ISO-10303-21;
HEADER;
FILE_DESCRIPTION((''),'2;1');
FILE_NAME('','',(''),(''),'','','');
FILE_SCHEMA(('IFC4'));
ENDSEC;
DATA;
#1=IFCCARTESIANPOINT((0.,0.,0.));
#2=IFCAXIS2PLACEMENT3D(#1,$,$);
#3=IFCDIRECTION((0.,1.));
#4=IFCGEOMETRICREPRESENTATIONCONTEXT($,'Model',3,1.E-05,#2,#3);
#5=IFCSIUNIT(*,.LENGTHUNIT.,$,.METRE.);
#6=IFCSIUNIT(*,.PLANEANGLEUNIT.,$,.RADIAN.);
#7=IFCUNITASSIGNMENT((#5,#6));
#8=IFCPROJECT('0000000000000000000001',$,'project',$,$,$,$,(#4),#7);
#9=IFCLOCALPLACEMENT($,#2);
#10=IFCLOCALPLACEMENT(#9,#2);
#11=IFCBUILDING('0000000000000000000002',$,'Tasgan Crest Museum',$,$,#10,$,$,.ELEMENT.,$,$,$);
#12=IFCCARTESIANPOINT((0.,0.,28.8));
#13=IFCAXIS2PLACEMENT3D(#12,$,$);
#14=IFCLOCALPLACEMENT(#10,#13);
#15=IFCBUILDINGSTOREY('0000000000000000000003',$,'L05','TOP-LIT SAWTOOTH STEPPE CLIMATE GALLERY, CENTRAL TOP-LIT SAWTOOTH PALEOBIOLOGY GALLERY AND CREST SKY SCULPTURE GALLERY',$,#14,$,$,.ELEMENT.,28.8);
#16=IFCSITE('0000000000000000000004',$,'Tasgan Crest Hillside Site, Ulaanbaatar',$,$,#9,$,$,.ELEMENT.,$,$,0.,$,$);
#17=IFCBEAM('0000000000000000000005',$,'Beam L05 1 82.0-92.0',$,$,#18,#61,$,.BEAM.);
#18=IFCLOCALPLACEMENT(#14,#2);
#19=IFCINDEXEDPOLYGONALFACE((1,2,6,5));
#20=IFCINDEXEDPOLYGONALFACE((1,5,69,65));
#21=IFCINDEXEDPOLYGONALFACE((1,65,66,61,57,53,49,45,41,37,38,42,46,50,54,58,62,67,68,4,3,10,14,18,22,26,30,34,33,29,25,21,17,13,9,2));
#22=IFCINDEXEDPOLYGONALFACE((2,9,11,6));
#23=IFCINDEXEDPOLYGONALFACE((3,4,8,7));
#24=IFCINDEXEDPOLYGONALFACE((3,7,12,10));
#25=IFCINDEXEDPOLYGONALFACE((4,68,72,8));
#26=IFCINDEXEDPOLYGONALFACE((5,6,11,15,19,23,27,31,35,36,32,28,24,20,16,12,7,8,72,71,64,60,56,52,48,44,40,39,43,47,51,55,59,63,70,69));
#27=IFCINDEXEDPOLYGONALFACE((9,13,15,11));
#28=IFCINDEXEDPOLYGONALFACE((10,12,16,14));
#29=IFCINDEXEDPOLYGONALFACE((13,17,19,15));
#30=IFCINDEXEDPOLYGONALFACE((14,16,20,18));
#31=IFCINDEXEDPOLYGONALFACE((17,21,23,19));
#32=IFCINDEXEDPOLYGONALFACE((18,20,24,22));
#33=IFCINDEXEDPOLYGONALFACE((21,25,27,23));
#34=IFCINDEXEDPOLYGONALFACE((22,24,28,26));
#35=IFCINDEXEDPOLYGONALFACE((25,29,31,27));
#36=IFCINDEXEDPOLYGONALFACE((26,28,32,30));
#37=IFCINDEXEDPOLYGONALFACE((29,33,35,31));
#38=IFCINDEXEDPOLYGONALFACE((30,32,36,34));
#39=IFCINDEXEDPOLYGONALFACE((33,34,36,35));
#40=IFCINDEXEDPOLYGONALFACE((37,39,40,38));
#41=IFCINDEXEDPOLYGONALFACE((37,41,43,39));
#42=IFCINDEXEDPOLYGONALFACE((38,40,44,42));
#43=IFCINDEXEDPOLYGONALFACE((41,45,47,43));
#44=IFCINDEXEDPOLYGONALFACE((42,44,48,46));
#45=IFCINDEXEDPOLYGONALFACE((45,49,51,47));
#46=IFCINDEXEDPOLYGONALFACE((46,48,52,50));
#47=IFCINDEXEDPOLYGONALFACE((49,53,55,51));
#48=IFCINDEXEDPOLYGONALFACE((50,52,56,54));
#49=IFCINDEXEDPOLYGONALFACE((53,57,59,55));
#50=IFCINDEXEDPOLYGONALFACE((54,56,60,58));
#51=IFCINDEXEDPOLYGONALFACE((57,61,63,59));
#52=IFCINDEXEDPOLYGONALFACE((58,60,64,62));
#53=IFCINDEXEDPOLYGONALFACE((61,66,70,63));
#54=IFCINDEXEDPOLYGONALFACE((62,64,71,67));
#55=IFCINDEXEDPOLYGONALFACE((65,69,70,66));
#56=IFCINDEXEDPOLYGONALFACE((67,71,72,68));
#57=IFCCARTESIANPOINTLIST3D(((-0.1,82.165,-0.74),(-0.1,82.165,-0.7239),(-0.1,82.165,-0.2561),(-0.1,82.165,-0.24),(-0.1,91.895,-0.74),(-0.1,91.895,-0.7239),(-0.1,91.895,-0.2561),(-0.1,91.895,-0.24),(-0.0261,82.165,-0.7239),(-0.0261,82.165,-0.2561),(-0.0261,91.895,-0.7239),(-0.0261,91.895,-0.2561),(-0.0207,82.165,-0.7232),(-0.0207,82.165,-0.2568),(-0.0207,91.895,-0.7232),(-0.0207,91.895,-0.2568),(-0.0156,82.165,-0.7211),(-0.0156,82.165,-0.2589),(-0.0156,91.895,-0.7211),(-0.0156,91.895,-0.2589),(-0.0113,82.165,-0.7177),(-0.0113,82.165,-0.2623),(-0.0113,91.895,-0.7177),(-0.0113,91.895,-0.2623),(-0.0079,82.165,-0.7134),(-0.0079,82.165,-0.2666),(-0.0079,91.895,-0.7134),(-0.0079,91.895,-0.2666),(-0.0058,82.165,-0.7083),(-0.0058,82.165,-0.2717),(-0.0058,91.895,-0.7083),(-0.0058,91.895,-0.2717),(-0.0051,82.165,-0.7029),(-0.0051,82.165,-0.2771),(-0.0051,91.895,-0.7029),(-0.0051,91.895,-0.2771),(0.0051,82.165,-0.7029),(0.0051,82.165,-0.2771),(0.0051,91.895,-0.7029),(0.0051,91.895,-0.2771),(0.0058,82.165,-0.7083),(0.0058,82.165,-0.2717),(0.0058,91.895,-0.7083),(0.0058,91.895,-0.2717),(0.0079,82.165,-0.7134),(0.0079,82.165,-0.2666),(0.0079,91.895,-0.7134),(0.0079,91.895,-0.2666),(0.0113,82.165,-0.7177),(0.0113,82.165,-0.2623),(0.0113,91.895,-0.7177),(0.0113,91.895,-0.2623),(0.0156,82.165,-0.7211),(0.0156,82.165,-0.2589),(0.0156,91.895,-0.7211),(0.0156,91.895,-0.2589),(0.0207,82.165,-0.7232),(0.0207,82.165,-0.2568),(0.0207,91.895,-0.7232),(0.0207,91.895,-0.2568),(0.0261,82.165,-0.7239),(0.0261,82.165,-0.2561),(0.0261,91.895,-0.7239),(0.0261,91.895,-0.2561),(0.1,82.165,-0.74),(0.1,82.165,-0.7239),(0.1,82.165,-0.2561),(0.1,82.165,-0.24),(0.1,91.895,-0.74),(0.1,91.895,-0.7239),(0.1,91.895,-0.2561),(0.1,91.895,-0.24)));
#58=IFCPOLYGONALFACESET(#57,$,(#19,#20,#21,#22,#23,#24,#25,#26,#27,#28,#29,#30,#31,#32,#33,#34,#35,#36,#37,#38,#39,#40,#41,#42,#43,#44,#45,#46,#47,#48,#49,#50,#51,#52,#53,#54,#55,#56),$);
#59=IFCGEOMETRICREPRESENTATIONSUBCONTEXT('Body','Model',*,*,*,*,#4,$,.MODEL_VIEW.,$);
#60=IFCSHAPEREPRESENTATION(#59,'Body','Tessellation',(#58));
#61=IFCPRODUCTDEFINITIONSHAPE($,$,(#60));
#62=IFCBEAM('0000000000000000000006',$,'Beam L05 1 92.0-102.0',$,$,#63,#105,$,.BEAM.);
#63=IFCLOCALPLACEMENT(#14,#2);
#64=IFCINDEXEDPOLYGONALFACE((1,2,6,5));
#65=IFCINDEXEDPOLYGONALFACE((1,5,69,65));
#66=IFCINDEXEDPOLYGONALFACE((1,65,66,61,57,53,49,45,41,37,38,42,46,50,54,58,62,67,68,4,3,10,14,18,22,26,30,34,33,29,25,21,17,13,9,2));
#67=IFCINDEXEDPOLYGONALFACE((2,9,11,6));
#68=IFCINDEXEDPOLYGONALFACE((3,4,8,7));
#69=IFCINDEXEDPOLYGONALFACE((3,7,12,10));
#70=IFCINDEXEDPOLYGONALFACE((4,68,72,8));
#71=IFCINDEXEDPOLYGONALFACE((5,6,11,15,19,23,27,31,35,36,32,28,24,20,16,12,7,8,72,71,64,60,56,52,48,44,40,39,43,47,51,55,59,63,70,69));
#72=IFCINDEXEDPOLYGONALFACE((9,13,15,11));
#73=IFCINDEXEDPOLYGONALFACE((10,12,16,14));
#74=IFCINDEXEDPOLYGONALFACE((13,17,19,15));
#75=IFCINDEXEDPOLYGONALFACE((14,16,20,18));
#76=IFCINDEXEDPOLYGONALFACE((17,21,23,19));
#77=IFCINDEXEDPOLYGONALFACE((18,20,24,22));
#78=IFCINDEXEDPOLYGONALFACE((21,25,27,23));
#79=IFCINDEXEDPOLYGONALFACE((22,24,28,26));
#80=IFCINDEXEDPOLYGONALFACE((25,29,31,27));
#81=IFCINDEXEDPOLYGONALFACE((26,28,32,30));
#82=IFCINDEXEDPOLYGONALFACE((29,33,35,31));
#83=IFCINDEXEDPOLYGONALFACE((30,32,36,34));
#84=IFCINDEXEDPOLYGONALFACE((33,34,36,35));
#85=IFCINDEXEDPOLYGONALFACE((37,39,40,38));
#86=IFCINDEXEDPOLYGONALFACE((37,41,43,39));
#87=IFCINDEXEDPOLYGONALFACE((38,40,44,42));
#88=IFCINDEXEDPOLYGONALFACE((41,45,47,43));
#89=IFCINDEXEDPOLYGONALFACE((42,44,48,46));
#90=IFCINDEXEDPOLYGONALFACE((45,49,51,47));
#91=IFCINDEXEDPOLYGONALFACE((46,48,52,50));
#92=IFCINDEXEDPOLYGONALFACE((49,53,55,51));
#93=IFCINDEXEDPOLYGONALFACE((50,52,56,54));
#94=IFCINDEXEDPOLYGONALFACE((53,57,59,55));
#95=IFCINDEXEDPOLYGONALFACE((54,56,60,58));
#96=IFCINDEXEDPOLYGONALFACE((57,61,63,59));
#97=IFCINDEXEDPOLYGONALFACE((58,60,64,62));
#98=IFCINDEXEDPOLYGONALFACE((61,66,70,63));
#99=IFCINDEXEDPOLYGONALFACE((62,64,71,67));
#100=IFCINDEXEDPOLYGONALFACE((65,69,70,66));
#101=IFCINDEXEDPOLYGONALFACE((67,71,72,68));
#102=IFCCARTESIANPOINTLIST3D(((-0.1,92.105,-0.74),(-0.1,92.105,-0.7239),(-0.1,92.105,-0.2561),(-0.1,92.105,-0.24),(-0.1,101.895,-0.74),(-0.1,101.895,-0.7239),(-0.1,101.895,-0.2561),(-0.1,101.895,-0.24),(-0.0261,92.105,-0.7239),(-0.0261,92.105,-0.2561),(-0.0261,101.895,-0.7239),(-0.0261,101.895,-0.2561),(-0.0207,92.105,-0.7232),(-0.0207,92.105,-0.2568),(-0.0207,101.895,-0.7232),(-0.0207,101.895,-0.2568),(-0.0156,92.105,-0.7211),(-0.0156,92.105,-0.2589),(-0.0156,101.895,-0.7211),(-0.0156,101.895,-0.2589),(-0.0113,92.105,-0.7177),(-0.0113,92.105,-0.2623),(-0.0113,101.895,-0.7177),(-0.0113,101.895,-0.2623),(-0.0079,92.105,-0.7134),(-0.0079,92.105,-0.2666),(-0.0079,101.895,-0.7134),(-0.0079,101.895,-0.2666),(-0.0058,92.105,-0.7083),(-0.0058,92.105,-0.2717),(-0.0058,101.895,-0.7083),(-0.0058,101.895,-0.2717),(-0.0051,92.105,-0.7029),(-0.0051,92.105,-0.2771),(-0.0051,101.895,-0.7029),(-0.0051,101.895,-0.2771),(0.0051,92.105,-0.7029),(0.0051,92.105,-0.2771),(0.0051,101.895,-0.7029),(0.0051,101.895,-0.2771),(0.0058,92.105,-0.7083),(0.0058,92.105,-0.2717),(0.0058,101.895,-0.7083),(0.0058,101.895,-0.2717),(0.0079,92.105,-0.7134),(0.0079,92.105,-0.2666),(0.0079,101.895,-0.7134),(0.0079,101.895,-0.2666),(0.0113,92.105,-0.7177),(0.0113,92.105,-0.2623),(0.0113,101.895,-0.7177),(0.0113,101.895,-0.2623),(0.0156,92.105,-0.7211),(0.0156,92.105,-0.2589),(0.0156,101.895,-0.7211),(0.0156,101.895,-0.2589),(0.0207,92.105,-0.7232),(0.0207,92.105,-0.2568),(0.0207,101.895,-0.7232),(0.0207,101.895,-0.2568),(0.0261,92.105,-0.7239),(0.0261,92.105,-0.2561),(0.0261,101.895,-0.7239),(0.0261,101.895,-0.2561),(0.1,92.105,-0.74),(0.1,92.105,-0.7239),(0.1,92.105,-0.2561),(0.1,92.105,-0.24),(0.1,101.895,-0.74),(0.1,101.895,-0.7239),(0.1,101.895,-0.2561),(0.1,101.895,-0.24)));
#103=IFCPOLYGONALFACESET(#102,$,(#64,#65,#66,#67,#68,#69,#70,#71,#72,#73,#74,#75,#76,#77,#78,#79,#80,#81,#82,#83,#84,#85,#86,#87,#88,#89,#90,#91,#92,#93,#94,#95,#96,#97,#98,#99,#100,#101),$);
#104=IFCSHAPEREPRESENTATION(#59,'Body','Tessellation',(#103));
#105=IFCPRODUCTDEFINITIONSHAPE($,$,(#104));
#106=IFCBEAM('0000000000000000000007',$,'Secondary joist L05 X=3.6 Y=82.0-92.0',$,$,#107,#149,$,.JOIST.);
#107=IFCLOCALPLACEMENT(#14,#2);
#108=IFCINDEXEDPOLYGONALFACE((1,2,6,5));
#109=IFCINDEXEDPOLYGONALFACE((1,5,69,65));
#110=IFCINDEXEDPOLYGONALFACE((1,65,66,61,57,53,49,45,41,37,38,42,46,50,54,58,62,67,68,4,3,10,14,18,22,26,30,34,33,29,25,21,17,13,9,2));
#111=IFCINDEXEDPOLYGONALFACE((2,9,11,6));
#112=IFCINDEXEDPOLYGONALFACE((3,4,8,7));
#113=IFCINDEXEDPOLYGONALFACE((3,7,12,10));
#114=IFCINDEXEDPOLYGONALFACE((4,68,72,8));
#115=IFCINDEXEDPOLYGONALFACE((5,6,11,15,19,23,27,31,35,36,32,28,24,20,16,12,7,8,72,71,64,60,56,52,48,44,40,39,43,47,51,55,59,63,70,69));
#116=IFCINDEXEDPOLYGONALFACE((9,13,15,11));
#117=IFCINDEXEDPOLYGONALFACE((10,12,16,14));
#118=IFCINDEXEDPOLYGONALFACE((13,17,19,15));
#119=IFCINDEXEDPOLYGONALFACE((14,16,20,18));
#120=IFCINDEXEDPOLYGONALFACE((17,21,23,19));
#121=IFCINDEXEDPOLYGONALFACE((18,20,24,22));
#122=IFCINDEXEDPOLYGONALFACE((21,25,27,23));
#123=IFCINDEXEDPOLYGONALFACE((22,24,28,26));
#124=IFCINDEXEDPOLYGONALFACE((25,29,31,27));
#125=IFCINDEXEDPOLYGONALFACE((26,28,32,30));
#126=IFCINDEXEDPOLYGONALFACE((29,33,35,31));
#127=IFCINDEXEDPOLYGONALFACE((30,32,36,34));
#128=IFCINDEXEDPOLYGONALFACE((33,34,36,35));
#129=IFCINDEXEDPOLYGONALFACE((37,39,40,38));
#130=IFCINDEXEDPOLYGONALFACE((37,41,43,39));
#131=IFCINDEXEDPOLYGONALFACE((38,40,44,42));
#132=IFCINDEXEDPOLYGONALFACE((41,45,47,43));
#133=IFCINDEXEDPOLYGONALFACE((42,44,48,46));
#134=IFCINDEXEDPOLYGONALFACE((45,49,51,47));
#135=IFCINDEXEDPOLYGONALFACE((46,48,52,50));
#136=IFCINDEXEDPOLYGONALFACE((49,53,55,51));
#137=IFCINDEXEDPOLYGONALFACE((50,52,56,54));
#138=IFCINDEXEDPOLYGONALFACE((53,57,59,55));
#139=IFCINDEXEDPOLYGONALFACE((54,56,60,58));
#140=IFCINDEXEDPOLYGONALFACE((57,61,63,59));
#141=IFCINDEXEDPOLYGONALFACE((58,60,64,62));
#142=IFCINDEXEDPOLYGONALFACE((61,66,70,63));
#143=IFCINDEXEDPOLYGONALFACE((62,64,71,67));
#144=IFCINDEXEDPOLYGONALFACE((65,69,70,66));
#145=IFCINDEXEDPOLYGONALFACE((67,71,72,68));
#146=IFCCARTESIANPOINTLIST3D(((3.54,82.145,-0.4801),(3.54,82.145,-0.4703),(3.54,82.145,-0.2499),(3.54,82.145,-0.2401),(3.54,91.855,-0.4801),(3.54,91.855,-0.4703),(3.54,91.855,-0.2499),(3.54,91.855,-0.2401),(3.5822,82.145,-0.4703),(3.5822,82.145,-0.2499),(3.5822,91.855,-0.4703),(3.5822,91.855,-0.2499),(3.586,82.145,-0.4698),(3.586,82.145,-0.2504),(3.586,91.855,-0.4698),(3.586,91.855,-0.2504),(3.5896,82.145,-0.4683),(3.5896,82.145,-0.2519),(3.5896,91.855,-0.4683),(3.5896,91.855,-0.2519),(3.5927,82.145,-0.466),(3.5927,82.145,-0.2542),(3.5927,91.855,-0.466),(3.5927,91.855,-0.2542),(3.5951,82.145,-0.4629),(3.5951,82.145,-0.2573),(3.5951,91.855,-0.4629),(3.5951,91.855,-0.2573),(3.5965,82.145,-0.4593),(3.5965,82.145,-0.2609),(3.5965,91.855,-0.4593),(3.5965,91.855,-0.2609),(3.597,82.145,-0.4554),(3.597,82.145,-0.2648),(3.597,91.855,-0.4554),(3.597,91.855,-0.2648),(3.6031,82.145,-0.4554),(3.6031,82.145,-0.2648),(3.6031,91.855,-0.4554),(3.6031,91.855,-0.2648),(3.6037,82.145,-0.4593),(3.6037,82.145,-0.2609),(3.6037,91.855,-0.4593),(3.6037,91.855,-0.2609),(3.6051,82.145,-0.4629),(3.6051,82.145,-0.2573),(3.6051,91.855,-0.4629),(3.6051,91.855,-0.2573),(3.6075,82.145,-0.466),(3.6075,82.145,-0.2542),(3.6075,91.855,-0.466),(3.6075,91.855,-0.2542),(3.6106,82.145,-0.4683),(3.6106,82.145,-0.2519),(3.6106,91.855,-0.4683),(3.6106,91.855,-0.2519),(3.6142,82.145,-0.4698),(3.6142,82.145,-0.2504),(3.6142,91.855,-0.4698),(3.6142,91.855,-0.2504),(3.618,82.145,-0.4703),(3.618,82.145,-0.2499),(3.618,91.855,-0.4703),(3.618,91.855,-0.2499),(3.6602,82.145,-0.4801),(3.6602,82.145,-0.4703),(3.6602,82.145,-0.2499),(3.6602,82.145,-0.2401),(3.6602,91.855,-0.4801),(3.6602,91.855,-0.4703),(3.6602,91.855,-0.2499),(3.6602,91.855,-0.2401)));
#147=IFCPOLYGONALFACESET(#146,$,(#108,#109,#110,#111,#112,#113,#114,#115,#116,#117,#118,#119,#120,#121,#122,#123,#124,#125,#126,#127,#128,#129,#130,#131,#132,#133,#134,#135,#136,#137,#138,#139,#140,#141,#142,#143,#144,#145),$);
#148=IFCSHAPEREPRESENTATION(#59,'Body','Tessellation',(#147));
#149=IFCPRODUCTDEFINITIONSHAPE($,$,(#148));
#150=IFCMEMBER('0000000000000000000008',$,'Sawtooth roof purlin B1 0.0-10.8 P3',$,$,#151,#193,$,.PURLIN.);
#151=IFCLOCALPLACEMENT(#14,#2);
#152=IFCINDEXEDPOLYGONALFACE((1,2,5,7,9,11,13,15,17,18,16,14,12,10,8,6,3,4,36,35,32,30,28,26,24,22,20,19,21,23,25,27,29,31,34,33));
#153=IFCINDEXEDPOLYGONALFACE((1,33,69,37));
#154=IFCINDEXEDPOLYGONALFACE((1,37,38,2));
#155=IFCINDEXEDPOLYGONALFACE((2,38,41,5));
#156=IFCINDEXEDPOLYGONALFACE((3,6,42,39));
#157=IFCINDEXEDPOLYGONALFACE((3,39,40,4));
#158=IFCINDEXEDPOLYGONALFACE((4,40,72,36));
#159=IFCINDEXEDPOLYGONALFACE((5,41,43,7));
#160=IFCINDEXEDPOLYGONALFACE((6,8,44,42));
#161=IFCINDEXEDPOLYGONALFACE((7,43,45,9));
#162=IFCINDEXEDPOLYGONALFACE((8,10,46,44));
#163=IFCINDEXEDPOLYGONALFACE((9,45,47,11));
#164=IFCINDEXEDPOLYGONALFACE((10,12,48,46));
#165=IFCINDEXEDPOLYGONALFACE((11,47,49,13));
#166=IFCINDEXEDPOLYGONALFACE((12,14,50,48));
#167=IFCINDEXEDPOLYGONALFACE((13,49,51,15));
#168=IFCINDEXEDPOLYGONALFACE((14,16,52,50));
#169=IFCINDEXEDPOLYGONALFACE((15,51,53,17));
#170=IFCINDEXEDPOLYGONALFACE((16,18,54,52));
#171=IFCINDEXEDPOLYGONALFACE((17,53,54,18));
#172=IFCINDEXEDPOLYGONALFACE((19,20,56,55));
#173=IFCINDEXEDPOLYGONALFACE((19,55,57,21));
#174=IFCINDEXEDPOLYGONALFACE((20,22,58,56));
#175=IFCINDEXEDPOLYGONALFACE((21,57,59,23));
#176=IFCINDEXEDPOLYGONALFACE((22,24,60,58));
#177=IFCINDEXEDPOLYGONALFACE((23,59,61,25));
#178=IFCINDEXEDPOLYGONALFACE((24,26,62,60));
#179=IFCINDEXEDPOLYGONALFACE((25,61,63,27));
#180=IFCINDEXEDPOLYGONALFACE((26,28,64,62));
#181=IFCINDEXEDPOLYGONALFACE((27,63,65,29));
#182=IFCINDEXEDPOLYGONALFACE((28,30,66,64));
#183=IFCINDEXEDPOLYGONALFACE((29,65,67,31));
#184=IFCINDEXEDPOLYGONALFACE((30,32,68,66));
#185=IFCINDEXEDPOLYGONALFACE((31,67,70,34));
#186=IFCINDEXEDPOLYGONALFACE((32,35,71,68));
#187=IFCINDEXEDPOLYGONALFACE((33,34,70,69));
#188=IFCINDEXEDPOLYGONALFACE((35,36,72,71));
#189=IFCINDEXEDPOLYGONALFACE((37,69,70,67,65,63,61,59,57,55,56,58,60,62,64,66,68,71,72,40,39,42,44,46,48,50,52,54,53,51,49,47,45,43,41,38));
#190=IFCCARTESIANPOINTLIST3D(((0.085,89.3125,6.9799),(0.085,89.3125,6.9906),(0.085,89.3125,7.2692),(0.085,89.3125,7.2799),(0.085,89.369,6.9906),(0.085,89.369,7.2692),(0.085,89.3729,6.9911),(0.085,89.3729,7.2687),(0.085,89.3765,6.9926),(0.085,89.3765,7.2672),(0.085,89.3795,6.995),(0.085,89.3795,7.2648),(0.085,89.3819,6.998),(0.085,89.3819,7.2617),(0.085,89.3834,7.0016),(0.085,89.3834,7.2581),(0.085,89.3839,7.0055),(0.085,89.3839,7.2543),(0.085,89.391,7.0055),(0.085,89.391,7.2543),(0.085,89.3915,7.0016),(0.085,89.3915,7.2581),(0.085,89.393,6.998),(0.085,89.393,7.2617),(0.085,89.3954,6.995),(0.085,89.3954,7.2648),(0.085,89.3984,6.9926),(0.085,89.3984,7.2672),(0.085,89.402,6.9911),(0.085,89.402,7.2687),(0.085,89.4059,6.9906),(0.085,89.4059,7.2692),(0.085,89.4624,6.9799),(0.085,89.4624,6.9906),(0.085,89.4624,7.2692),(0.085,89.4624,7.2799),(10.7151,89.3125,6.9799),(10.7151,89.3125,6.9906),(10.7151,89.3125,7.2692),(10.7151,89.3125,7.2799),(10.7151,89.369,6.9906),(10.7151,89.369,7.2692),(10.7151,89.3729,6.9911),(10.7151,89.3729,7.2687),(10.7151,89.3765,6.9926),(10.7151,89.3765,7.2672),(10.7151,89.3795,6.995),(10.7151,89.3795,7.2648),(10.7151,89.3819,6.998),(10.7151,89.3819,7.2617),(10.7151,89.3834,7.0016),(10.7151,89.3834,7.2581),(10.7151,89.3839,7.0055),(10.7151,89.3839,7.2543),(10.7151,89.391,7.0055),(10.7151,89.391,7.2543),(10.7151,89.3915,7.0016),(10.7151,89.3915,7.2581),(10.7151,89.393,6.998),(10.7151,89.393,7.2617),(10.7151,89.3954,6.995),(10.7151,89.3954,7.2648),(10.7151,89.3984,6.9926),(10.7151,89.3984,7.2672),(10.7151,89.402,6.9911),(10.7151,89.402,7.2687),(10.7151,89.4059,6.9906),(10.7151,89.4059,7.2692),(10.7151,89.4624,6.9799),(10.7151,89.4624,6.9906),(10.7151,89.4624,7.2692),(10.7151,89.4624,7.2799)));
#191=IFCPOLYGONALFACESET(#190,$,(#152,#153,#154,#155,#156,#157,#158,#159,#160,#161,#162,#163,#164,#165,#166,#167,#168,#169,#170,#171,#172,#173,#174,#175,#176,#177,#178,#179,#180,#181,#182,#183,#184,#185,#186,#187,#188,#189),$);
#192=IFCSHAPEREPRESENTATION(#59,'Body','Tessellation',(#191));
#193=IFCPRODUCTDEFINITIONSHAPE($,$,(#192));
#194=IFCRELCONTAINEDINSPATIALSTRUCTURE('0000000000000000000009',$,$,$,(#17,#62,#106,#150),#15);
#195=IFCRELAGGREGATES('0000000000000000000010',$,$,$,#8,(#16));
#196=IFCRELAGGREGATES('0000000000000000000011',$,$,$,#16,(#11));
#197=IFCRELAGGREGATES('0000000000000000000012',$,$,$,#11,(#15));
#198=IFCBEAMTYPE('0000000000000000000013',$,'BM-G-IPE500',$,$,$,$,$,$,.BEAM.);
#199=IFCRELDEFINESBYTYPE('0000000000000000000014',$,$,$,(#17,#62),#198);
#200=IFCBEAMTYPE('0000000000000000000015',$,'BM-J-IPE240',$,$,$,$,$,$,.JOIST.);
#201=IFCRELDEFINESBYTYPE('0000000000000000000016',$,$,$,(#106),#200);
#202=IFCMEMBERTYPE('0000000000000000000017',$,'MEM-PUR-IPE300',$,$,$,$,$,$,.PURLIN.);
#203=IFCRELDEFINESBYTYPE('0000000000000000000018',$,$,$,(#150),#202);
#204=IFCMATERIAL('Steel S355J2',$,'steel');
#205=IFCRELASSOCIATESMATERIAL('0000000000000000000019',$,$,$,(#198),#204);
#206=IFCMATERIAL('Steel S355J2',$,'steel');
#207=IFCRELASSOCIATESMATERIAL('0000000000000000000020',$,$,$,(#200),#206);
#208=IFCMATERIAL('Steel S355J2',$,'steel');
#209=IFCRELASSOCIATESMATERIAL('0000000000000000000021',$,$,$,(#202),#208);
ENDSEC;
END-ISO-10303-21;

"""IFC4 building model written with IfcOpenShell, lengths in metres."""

from ifc_helpers import new_model, si_unit, direction, frame, origin, origin_2d, place, context, subcontext, project, spatial, i_section, extrude, material, material_profile, profile_set, type_object, element, save


model = new_model("IFC4")

# Units and contexts
model_context = context("Model", 3, precision=1e-05, world=origin(), true_north=direction((0.0, 1.0)))
body_context = subcontext(model_context, "Body", "Model", "MODEL_VIEW")
ifc_project = project(units=[si_unit("LENGTHUNIT", "METRE"), si_unit("PLANEANGLEUNIT", "RADIAN")], contexts=[model_context])

# Site, building, storey
site_placement = place(None, origin())
site = spatial("IfcSite", under=ifc_project, at=site_placement, Name="Tasgan Crest Hillside Site, Ulaanbaatar", CompositionType="ELEMENT", RefElevation=0.0)
building_placement = place(site_placement, origin())
building = spatial("IfcBuilding", under=site, at=building_placement, Name="Tasgan Crest Museum", CompositionType="ELEMENT")
storey_placement = place(building_placement, frame((0.0, 0.0, 28.8)))
storey = spatial("IfcBuildingStorey", under=building, at=storey_placement, Name="L05", Description="TOP-LIT SAWTOOTH STEPPE CLIMATE GALLERY, CENTRAL TOP-LIT SAWTOOTH PALEOBIOLOGY GALLERY AND CREST SKY SCULPTURE GALLERY", CompositionType="ELEMENT", Elevation=28.8)

# Beams
ifc_material_1 = material(Name="Steel S355J2", Category="steel")
ifc_material_profile_1 = material_profile(ifc_material_1, i_section(OverallWidth=0.2, OverallDepth=0.5, WebThickness=0.0103, FlangeThickness=0.0161, FilletRadius=0.021, at=origin_2d()), Name="IPE 500")
ifc_profile_set_1 = profile_set([ifc_material_profile_1], Name="Steel S355J2")
beam_type_1 = type_object("IfcBeamType", Name="BM-G-IPE500", PredefinedType="BEAM", material=ifc_profile_set_1)
beam_1_placement = place(storey_placement, frame((0.0, 82.165, -0.49), z_axis=(0.0, 1.0, 0.0), x_axis=(-1.0, 0.0, 0.0)))
element("IfcBeam", 1, at=beam_1_placement, inside=storey, type_object=beam_type_1, Name="Beam L05 1 82.0-92.0", PredefinedType="BEAM", context=body_context, shape_type="SweptSolid", body=[
    extrude(i_section(OverallWidth=0.2, OverallDepth=0.5, WebThickness=0.0103, FlangeThickness=0.0161, FilletRadius=0.021, at=origin_2d()), origin(), (0.0, 0.0, 1.0), 9.73),
])
beam_2_placement = place(storey_placement, frame((0.0, 92.105, -0.49), z_axis=(0.0, 1.0, 0.0), x_axis=(-1.0, 0.0, 0.0)))
element("IfcBeam", 2, at=beam_2_placement, inside=storey, type_object=beam_type_1, Name="Beam L05 1 92.0-102.0", PredefinedType="BEAM", context=body_context, shape_type="SweptSolid", body=[
    extrude(i_section(OverallWidth=0.2, OverallDepth=0.5, WebThickness=0.0103, FlangeThickness=0.0161, FilletRadius=0.021, at=origin_2d()), origin(), (0.0, 0.0, 1.0), 9.79),
])
ifc_material_2 = material(Name="Steel S355J2", Category="steel")
ifc_material_profile_2 = material_profile(ifc_material_2, i_section(OverallWidth=0.1201, OverallDepth=0.24, WebThickness=0.0061, FlangeThickness=0.0098, FilletRadius=0.0149, at=origin_2d()), Name="IPE 240")
ifc_profile_set_2 = profile_set([ifc_material_profile_2], Name="Steel S355J2")
beam_type_2 = type_object("IfcBeamType", Name="BM-J-IPE240", PredefinedType="JOIST", material=ifc_profile_set_2)
beam_3_placement = place(storey_placement, frame((3.6001, 82.145, -0.3601), z_axis=(0.0, 1.0, 0.0), x_axis=(-1.0, 0.0, 0.0)))
element("IfcBeam", 3, at=beam_3_placement, inside=storey, type_object=beam_type_2, Name="Secondary joist L05 X=3.6 Y=82.0-92.0", PredefinedType="JOIST", context=body_context, shape_type="SweptSolid", body=[
    extrude(i_section(OverallWidth=0.1201, OverallDepth=0.24, WebThickness=0.0061, FlangeThickness=0.0098, FilletRadius=0.0149, at=origin_2d()), origin(), (0.0, 0.0, 1.0), 9.71),
])

# Member
ifc_material_3 = material(Name="Steel S355J2", Category="steel")
ifc_material_profile_3 = material_profile(ifc_material_3, i_section(OverallWidth=0.1499, OverallDepth=0.3, WebThickness=0.0071, FlangeThickness=0.0107, FilletRadius=0.0149, at=origin_2d()), Name="IPE 300")
ifc_profile_set_3 = profile_set([ifc_material_profile_3], Name="Steel S355J2")
member_type_1 = type_object("IfcMemberType", Name="MEM-PUR-IPE300", PredefinedType="PURLIN", material=ifc_profile_set_3)
member_1_placement = place(storey_placement, frame((0.085, 89.3875, 7.1299), z_axis=(1.0, 0.0, 0.0), x_axis=(0.0, 1.0, 0.0)))
element("IfcMember", 4, at=member_1_placement, inside=storey, type_object=member_type_1, Name="Sawtooth roof purlin B1 0.0-10.8 P3", PredefinedType="PURLIN", context=body_context, shape_type="SweptSolid", body=[
    extrude(i_section(OverallWidth=0.1499, OverallDepth=0.3, WebThickness=0.0071, FlangeThickness=0.0107, FilletRadius=0.0149, at=origin_2d()), origin(), (0.0, 0.0, 1.0), 10.6301),
])

save(model, "model.ifc")
